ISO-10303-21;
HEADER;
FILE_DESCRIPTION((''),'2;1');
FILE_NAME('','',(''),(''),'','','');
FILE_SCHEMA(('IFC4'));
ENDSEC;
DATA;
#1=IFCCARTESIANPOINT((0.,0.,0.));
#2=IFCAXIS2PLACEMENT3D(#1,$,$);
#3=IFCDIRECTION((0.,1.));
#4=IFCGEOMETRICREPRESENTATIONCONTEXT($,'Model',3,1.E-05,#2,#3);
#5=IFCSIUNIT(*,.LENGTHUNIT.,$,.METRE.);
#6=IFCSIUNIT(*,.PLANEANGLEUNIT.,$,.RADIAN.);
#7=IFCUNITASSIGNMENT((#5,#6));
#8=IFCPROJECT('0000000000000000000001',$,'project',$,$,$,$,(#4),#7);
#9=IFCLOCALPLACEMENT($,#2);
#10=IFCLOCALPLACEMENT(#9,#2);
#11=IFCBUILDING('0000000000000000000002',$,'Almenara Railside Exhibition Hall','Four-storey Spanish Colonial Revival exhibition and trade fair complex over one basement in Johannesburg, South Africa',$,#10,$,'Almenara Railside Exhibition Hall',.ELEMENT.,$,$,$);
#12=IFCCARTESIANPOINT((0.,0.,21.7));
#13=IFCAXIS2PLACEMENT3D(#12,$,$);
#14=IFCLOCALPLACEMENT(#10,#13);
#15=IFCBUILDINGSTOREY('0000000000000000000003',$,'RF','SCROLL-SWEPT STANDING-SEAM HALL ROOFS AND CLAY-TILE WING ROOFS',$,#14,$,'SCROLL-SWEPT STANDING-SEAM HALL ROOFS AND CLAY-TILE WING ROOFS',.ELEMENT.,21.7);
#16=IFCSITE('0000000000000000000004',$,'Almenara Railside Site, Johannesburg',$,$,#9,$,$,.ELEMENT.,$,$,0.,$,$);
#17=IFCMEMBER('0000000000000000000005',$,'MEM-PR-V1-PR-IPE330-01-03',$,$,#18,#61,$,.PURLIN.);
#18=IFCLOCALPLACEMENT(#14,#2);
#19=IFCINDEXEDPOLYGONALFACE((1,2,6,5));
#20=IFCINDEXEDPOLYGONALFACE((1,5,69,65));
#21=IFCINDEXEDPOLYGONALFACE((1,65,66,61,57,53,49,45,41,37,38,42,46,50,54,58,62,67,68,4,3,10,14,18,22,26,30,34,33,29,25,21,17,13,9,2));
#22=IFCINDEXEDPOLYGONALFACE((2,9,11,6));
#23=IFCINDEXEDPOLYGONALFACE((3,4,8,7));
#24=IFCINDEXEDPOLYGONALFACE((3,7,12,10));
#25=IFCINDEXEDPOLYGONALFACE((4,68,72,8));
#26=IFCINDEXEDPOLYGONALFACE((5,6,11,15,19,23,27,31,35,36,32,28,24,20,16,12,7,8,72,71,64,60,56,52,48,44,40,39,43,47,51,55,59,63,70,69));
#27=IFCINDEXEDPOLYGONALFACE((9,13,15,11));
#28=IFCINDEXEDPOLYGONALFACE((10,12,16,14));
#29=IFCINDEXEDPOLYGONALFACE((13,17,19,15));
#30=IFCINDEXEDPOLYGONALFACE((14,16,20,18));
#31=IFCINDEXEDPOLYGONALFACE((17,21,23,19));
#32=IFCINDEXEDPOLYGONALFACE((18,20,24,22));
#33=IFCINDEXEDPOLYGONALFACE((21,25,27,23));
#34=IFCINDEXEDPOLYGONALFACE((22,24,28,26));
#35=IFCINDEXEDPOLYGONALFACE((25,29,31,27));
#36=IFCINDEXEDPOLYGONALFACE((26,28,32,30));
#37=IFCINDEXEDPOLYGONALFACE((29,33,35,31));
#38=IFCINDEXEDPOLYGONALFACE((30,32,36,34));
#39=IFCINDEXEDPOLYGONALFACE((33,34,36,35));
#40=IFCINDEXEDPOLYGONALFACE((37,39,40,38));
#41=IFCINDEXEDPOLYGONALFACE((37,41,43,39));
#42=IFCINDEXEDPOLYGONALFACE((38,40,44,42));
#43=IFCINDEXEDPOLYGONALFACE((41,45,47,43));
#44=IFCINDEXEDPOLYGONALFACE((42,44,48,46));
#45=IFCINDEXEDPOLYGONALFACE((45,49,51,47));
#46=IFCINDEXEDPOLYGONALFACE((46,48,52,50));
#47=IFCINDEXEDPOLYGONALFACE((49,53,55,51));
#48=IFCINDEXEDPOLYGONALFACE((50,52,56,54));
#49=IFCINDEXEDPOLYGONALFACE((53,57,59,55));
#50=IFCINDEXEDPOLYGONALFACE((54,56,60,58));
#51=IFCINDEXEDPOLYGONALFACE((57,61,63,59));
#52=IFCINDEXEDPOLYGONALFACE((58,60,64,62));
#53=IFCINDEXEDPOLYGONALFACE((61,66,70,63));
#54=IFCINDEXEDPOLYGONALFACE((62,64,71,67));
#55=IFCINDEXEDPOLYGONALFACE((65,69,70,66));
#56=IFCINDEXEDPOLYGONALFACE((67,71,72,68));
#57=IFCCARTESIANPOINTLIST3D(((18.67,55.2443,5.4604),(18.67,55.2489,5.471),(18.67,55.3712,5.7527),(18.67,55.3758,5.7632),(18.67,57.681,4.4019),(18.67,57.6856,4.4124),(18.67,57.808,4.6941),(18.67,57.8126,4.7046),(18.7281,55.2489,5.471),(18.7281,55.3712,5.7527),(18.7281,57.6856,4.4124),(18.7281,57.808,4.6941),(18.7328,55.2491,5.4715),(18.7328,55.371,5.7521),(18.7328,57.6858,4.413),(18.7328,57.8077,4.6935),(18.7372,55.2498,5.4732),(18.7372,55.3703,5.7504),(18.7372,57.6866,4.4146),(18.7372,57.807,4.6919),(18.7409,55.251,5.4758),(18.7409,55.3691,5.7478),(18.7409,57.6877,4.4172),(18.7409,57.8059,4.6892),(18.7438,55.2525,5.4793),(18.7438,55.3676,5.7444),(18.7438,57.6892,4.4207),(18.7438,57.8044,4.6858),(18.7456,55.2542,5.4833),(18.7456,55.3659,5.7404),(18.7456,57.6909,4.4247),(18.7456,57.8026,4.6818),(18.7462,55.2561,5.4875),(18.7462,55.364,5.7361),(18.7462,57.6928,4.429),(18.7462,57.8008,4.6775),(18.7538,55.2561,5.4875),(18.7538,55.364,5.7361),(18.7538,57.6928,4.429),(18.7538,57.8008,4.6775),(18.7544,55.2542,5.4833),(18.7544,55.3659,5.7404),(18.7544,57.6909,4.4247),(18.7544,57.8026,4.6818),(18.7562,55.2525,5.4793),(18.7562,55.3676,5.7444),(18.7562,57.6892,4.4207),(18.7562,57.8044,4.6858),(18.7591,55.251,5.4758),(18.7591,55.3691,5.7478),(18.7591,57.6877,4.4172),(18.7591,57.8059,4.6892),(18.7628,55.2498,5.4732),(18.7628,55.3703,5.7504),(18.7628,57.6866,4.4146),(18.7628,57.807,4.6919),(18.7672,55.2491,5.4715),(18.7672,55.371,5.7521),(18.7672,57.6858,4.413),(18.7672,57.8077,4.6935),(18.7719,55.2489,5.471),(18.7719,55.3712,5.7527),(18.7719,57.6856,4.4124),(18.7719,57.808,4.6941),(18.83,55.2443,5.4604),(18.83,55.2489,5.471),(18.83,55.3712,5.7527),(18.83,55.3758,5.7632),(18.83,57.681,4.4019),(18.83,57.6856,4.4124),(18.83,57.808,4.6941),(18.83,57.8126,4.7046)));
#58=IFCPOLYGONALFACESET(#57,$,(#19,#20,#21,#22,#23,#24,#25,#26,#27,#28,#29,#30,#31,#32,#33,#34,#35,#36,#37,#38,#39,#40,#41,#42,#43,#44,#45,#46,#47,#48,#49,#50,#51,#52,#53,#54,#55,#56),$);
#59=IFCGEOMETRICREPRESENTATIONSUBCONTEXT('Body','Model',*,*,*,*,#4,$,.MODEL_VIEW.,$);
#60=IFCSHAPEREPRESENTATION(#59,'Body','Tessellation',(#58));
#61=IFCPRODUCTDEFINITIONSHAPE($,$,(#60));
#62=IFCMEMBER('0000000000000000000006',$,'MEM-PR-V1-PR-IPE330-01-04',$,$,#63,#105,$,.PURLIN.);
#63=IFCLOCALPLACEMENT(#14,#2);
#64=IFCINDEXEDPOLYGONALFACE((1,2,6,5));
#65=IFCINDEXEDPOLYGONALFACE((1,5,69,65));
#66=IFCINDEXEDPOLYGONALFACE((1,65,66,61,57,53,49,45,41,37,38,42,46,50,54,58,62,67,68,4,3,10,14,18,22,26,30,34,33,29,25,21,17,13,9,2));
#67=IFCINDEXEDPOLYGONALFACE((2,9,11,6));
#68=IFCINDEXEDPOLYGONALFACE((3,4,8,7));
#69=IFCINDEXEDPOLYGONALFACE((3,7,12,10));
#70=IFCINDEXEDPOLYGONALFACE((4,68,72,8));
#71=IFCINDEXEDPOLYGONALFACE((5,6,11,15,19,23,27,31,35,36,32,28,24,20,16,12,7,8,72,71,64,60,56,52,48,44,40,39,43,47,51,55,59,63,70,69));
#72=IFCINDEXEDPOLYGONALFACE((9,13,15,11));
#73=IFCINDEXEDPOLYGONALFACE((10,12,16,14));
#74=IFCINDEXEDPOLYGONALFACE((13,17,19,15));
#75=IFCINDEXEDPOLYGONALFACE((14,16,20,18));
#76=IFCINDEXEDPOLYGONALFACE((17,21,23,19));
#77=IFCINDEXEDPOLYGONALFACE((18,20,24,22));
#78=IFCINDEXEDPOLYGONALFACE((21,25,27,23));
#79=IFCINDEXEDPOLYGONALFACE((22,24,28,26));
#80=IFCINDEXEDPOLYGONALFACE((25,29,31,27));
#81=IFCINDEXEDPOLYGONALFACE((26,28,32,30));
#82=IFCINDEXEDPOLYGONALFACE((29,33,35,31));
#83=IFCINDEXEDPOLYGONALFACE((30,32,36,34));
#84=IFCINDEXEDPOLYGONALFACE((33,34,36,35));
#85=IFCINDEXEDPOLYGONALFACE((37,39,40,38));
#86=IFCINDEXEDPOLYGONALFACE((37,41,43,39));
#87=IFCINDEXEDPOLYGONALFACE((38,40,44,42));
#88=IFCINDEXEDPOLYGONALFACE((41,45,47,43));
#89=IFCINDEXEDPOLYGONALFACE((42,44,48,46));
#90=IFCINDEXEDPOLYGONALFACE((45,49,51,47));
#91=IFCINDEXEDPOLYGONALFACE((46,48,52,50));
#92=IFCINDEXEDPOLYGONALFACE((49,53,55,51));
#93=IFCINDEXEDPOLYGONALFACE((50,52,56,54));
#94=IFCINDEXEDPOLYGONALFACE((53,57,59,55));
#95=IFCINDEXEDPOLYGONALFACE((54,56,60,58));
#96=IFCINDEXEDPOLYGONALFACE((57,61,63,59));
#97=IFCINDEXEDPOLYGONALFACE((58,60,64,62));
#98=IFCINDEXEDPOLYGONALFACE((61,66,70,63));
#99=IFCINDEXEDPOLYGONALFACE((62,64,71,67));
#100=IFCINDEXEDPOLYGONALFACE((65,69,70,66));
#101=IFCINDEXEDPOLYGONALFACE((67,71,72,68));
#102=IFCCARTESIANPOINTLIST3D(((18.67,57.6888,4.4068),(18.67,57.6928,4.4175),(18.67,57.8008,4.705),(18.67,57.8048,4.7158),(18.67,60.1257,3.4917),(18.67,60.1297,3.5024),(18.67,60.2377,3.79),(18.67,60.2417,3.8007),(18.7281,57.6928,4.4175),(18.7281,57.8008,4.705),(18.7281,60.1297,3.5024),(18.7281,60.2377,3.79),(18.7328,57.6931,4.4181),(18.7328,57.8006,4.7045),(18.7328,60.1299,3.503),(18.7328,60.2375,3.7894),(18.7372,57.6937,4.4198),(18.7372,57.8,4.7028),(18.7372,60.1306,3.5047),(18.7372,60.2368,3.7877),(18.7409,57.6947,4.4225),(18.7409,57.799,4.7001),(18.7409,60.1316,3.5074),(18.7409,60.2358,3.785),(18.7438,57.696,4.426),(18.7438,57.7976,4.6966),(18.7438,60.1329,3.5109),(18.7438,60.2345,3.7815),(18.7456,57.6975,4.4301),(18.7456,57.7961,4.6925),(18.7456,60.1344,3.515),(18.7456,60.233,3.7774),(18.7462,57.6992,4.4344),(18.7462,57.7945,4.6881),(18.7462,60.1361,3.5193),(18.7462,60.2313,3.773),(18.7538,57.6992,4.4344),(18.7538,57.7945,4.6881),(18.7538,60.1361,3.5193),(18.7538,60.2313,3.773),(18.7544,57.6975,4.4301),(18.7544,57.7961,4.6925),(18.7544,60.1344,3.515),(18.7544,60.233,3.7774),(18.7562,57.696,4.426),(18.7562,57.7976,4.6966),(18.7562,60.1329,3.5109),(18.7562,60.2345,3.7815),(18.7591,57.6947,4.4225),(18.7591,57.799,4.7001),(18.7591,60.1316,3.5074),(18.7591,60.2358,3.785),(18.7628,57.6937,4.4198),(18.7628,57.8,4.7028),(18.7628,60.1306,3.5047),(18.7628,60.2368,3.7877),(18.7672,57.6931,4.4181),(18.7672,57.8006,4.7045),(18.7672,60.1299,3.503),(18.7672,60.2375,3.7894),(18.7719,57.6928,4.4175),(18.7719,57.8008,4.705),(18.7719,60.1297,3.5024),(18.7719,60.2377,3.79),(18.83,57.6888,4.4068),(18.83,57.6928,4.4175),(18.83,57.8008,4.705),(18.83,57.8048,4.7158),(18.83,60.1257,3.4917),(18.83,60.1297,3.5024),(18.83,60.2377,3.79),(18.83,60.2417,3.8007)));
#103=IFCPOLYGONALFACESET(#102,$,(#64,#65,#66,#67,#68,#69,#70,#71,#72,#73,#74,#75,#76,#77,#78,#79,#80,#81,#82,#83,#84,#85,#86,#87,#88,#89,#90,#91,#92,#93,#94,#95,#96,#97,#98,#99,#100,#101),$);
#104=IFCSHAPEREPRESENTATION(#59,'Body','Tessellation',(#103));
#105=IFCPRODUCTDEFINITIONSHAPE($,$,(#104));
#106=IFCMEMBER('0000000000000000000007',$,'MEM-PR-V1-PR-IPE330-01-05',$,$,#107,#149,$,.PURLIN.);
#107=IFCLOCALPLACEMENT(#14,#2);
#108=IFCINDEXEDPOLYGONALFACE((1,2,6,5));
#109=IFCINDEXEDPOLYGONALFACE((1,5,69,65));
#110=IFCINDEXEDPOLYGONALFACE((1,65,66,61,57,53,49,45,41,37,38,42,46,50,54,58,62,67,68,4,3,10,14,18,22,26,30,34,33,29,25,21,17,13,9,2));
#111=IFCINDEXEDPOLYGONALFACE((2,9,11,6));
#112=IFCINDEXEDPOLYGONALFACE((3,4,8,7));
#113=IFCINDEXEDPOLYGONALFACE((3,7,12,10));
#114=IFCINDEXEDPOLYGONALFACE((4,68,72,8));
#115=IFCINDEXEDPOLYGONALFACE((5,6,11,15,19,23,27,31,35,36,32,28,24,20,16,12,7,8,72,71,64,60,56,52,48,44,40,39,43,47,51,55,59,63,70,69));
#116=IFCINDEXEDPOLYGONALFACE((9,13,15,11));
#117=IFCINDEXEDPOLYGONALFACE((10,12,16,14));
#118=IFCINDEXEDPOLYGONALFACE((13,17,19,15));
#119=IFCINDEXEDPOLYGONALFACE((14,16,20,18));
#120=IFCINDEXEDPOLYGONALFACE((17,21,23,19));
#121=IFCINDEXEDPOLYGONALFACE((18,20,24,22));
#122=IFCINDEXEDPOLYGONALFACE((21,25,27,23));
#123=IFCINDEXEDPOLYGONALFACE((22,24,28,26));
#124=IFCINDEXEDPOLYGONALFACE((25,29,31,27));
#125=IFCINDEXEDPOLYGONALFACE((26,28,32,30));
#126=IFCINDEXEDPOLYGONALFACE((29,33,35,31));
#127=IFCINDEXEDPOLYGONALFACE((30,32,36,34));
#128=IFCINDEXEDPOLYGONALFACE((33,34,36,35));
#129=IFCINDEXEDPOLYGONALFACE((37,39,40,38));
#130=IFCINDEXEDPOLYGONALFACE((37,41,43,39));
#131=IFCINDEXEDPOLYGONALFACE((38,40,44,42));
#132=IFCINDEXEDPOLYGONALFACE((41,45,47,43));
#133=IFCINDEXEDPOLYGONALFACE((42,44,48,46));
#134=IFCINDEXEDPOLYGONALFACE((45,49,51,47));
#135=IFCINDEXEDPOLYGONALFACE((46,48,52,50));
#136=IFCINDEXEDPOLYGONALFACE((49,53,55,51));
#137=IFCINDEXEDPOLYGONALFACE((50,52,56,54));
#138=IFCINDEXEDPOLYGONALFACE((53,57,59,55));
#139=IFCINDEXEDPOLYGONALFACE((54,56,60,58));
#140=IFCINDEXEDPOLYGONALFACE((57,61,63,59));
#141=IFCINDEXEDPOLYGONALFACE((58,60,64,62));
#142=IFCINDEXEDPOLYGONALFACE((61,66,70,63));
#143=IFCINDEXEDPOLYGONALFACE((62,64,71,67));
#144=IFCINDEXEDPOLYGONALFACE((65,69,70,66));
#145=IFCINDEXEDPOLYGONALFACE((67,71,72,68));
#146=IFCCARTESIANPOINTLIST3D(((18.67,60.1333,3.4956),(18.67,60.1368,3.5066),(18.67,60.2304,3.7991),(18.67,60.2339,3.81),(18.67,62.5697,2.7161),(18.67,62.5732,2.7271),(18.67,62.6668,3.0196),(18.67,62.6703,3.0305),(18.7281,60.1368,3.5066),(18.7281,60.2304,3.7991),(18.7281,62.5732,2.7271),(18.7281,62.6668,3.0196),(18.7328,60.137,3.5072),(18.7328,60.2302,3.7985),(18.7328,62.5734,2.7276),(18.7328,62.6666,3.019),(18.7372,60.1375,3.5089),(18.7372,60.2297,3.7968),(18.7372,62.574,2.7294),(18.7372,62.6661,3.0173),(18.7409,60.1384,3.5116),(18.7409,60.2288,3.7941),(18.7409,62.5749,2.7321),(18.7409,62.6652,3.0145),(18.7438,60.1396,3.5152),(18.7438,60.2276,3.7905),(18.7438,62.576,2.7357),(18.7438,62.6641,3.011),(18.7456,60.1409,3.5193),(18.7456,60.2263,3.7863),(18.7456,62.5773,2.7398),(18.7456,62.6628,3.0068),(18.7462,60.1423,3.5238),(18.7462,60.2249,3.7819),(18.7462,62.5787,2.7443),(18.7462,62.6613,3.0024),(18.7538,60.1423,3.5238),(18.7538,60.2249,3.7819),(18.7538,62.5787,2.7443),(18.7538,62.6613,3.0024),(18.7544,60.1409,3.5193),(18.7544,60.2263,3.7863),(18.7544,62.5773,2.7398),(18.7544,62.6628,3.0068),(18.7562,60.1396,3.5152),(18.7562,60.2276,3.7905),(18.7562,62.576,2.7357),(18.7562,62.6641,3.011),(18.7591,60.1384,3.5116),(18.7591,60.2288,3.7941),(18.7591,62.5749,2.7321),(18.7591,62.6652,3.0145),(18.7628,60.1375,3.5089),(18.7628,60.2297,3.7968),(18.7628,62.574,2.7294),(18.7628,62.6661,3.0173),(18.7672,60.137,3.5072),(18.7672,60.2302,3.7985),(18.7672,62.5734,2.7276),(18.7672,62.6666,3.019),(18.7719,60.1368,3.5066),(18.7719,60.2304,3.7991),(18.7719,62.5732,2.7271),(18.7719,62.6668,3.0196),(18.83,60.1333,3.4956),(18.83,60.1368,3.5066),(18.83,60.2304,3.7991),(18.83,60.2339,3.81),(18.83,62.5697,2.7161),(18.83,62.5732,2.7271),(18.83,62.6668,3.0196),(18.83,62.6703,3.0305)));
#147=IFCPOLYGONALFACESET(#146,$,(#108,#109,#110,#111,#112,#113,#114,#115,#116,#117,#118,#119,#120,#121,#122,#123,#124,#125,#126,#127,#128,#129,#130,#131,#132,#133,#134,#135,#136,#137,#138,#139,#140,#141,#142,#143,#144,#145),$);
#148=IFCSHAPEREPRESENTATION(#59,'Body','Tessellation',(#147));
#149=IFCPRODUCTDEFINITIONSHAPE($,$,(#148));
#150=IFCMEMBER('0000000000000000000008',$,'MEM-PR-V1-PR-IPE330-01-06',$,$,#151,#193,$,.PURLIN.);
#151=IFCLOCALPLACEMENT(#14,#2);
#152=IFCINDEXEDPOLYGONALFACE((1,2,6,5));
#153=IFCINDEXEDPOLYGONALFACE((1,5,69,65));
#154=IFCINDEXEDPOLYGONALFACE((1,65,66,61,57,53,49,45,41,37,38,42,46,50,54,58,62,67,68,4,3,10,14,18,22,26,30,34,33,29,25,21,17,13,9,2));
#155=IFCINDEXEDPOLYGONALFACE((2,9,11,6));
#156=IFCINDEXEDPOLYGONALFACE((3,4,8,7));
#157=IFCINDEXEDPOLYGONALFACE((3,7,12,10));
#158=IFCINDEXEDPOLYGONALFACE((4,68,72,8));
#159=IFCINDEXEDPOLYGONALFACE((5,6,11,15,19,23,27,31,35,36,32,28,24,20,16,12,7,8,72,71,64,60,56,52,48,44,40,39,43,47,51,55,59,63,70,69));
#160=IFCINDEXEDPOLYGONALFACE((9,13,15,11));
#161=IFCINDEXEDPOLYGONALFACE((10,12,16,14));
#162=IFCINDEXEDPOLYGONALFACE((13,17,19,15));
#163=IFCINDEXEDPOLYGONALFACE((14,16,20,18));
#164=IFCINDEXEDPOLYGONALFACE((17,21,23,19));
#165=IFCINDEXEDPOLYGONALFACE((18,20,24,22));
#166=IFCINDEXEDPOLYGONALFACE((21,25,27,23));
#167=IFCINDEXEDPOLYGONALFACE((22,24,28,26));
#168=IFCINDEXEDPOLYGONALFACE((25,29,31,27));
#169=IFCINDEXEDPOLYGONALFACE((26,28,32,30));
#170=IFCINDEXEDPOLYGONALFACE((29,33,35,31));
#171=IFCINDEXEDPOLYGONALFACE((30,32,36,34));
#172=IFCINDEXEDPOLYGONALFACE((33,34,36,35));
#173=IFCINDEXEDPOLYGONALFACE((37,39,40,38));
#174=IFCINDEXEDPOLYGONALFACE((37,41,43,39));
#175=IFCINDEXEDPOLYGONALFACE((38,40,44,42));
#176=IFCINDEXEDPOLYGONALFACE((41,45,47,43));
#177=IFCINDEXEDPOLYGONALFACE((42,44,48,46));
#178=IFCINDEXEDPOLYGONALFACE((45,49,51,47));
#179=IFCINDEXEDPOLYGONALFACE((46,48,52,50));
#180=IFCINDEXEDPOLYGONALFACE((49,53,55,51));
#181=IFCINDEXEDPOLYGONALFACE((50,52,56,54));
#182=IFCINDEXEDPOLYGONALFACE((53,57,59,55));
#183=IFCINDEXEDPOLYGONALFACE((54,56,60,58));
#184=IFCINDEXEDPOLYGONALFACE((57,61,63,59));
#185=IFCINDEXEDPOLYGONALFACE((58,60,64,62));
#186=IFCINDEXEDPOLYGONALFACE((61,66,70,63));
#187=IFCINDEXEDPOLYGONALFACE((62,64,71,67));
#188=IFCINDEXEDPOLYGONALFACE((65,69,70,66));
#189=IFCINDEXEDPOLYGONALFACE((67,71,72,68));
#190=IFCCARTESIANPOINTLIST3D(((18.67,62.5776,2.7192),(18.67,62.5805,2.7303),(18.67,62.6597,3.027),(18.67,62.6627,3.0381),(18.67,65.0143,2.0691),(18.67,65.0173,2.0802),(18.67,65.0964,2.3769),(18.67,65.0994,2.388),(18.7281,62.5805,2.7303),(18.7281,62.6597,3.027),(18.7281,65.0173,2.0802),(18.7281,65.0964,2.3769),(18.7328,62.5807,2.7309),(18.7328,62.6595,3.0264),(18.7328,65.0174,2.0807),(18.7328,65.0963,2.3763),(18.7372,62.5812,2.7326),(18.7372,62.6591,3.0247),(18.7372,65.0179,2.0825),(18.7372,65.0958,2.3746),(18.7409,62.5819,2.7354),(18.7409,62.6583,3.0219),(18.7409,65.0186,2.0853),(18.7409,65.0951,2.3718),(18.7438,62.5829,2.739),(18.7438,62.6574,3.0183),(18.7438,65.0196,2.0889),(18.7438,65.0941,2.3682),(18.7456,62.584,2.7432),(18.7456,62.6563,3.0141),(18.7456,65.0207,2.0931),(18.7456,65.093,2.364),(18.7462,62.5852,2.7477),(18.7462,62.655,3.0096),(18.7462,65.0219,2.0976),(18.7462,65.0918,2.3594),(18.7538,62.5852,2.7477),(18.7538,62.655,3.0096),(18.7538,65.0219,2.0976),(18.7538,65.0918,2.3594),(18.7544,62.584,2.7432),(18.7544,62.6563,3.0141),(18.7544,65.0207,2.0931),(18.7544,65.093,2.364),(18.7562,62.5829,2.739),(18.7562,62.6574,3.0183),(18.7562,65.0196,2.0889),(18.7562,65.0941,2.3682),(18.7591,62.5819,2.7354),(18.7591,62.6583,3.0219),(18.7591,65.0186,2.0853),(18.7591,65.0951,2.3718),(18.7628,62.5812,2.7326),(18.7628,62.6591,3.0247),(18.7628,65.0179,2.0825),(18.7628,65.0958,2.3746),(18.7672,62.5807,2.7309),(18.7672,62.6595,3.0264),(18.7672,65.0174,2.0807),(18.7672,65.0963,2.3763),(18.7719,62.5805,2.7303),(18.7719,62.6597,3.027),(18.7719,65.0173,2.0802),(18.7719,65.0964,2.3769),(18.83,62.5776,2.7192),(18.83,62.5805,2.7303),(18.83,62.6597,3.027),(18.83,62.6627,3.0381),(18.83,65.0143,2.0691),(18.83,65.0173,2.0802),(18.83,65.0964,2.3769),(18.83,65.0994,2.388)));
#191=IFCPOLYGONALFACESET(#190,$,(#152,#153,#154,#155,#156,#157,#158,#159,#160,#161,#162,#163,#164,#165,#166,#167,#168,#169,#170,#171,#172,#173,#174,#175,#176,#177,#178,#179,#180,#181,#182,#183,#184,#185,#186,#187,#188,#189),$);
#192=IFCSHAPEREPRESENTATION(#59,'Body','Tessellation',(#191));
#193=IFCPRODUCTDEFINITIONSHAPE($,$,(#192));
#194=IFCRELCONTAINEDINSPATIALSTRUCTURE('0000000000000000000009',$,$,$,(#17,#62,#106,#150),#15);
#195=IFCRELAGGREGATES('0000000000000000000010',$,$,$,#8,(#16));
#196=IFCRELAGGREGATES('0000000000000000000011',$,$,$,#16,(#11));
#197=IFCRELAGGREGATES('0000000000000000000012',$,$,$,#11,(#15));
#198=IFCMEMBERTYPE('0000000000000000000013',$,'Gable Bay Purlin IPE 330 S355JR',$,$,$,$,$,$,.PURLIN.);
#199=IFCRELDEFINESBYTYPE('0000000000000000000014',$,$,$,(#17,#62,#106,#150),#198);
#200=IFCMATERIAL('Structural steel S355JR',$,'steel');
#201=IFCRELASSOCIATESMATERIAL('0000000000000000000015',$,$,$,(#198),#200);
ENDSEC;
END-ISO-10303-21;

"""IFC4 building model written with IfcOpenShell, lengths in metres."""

from ifc_helpers import new_model, si_unit, direction, frame, origin, origin_2d, place, context, subcontext, project, spatial, i_section, extrude, material, material_profile, profile_set, type_object, element, save


model = new_model("IFC4")

# Units and contexts
model_context = context("Model", 3, precision=1e-05, world=origin(), true_north=direction((0.0, 1.0)))
body_context = subcontext(model_context, "Body", "Model", "MODEL_VIEW")
ifc_project = project(units=[si_unit("LENGTHUNIT", "METRE"), si_unit("PLANEANGLEUNIT", "RADIAN")], contexts=[model_context])

# Site, building, storey
site_placement = place(None, origin())
site = spatial("IfcSite", under=ifc_project, at=site_placement, Name="Almenara Railside Site, Johannesburg", CompositionType="ELEMENT", RefElevation=0.0)
building_placement = place(site_placement, origin())
building = spatial("IfcBuilding", under=site, at=building_placement, Name="Almenara Railside Exhibition Hall", Description="Four-storey Spanish Colonial Revival exhibition and trade fair complex over one basement in Johannesburg, South Africa", LongName="Almenara Railside Exhibition Hall", CompositionType="ELEMENT")
storey_placement = place(building_placement, frame((0.0, 0.0, 21.7)))
storey = spatial("IfcBuildingStorey", under=building, at=storey_placement, Name="RF", Description="SCROLL-SWEPT STANDING-SEAM HALL ROOFS AND CLAY-TILE WING ROOFS", LongName="SCROLL-SWEPT STANDING-SEAM HALL ROOFS AND CLAY-TILE WING ROOFS", CompositionType="ELEMENT", Elevation=21.7)

# Shared definitions
ifc_material_1 = material(Name="Structural steel S355JR", Category="steel")

# Members
ifc_material_profile_1 = material_profile(ifc_material_1, i_section(OverallWidth=0.1599, OverallDepth=0.3301, WebThickness=0.0076, FlangeThickness=0.0115, FilletRadius=0.0181, at=origin_2d()), Name="IPE 330")
ifc_profile_set_1 = profile_set([ifc_material_profile_1], Name="Structural steel S355JR")
member_type_1 = type_object("IfcMemberType", Name="Gable Bay Purlin IPE 330 S355JR", PredefinedType="PURLIN", material=ifc_profile_set_1)
member_1_placement = place(storey_placement, frame((18.75, 55.3101, 5.6118), z_axis=(0.0, 0.91719, -0.398451), x_axis=(-1.0, 0.0, 0.0)))
element("IfcMember", 1, at=member_1_placement, inside=storey, type_object=member_type_1, Name="MEM-PR-V1-PR-IPE330-01-03", PredefinedType="PURLIN", context=body_context, shape_type="SweptSolid", body=[
    extrude(i_section(OverallWidth=0.1599, OverallDepth=0.3301, WebThickness=0.0076, FlangeThickness=0.0115, FilletRadius=0.0181, at=origin_2d()), origin(), (0.0, 0.0, 1.0), 2.6567),
])
member_2_placement = place(storey_placement, frame((18.75, 57.7468, 4.5613), z_axis=(0.0, 0.936171, -0.351545), x_axis=(-1.0, 0.0, 0.0)))
element("IfcMember", 2, at=member_2_placement, inside=storey, type_object=member_type_1, Name="MEM-PR-V1-PR-IPE330-01-04", PredefinedType="PURLIN", context=body_context, shape_type="SweptSolid", body=[
    extrude(i_section(OverallWidth=0.1599, OverallDepth=0.3301, WebThickness=0.0076, FlangeThickness=0.0115, FilletRadius=0.0181, at=origin_2d()), origin(), (0.0, 0.0, 1.0), 2.603),
])
member_3_placement = place(storey_placement, frame((18.75, 60.1836, 3.6528), z_axis=(0.0, 0.952441, -0.304724), x_axis=(-1.0, 0.0, 0.0)))
element("IfcMember", 3, at=member_3_placement, inside=storey, type_object=member_type_1, Name="MEM-PR-V1-PR-IPE330-01-05", PredefinedType="PURLIN", context=body_context, shape_type="SweptSolid", body=[
    extrude(i_section(OverallWidth=0.1599, OverallDepth=0.3301, WebThickness=0.0076, FlangeThickness=0.0115, FilletRadius=0.0181, at=origin_2d()), origin(), (0.0, 0.0, 1.0), 2.5581),
])
member_4_placement = place(storey_placement, frame((18.75, 62.6201, 2.8787), z_axis=(0.0, 0.966201, -0.257789), x_axis=(-1.0, 0.0, 0.0)))
element("IfcMember", 4, at=member_4_placement, inside=storey, type_object=member_type_1, Name="MEM-PR-V1-PR-IPE330-01-06", PredefinedType="PURLIN", context=body_context, shape_type="SweptSolid", body=[
    extrude(i_section(OverallWidth=0.1599, OverallDepth=0.3301, WebThickness=0.0076, FlangeThickness=0.0115, FilletRadius=0.0181, at=origin_2d()), origin(), (0.0, 0.0, 1.0), 2.522),
])

save(model, "model.ifc")
